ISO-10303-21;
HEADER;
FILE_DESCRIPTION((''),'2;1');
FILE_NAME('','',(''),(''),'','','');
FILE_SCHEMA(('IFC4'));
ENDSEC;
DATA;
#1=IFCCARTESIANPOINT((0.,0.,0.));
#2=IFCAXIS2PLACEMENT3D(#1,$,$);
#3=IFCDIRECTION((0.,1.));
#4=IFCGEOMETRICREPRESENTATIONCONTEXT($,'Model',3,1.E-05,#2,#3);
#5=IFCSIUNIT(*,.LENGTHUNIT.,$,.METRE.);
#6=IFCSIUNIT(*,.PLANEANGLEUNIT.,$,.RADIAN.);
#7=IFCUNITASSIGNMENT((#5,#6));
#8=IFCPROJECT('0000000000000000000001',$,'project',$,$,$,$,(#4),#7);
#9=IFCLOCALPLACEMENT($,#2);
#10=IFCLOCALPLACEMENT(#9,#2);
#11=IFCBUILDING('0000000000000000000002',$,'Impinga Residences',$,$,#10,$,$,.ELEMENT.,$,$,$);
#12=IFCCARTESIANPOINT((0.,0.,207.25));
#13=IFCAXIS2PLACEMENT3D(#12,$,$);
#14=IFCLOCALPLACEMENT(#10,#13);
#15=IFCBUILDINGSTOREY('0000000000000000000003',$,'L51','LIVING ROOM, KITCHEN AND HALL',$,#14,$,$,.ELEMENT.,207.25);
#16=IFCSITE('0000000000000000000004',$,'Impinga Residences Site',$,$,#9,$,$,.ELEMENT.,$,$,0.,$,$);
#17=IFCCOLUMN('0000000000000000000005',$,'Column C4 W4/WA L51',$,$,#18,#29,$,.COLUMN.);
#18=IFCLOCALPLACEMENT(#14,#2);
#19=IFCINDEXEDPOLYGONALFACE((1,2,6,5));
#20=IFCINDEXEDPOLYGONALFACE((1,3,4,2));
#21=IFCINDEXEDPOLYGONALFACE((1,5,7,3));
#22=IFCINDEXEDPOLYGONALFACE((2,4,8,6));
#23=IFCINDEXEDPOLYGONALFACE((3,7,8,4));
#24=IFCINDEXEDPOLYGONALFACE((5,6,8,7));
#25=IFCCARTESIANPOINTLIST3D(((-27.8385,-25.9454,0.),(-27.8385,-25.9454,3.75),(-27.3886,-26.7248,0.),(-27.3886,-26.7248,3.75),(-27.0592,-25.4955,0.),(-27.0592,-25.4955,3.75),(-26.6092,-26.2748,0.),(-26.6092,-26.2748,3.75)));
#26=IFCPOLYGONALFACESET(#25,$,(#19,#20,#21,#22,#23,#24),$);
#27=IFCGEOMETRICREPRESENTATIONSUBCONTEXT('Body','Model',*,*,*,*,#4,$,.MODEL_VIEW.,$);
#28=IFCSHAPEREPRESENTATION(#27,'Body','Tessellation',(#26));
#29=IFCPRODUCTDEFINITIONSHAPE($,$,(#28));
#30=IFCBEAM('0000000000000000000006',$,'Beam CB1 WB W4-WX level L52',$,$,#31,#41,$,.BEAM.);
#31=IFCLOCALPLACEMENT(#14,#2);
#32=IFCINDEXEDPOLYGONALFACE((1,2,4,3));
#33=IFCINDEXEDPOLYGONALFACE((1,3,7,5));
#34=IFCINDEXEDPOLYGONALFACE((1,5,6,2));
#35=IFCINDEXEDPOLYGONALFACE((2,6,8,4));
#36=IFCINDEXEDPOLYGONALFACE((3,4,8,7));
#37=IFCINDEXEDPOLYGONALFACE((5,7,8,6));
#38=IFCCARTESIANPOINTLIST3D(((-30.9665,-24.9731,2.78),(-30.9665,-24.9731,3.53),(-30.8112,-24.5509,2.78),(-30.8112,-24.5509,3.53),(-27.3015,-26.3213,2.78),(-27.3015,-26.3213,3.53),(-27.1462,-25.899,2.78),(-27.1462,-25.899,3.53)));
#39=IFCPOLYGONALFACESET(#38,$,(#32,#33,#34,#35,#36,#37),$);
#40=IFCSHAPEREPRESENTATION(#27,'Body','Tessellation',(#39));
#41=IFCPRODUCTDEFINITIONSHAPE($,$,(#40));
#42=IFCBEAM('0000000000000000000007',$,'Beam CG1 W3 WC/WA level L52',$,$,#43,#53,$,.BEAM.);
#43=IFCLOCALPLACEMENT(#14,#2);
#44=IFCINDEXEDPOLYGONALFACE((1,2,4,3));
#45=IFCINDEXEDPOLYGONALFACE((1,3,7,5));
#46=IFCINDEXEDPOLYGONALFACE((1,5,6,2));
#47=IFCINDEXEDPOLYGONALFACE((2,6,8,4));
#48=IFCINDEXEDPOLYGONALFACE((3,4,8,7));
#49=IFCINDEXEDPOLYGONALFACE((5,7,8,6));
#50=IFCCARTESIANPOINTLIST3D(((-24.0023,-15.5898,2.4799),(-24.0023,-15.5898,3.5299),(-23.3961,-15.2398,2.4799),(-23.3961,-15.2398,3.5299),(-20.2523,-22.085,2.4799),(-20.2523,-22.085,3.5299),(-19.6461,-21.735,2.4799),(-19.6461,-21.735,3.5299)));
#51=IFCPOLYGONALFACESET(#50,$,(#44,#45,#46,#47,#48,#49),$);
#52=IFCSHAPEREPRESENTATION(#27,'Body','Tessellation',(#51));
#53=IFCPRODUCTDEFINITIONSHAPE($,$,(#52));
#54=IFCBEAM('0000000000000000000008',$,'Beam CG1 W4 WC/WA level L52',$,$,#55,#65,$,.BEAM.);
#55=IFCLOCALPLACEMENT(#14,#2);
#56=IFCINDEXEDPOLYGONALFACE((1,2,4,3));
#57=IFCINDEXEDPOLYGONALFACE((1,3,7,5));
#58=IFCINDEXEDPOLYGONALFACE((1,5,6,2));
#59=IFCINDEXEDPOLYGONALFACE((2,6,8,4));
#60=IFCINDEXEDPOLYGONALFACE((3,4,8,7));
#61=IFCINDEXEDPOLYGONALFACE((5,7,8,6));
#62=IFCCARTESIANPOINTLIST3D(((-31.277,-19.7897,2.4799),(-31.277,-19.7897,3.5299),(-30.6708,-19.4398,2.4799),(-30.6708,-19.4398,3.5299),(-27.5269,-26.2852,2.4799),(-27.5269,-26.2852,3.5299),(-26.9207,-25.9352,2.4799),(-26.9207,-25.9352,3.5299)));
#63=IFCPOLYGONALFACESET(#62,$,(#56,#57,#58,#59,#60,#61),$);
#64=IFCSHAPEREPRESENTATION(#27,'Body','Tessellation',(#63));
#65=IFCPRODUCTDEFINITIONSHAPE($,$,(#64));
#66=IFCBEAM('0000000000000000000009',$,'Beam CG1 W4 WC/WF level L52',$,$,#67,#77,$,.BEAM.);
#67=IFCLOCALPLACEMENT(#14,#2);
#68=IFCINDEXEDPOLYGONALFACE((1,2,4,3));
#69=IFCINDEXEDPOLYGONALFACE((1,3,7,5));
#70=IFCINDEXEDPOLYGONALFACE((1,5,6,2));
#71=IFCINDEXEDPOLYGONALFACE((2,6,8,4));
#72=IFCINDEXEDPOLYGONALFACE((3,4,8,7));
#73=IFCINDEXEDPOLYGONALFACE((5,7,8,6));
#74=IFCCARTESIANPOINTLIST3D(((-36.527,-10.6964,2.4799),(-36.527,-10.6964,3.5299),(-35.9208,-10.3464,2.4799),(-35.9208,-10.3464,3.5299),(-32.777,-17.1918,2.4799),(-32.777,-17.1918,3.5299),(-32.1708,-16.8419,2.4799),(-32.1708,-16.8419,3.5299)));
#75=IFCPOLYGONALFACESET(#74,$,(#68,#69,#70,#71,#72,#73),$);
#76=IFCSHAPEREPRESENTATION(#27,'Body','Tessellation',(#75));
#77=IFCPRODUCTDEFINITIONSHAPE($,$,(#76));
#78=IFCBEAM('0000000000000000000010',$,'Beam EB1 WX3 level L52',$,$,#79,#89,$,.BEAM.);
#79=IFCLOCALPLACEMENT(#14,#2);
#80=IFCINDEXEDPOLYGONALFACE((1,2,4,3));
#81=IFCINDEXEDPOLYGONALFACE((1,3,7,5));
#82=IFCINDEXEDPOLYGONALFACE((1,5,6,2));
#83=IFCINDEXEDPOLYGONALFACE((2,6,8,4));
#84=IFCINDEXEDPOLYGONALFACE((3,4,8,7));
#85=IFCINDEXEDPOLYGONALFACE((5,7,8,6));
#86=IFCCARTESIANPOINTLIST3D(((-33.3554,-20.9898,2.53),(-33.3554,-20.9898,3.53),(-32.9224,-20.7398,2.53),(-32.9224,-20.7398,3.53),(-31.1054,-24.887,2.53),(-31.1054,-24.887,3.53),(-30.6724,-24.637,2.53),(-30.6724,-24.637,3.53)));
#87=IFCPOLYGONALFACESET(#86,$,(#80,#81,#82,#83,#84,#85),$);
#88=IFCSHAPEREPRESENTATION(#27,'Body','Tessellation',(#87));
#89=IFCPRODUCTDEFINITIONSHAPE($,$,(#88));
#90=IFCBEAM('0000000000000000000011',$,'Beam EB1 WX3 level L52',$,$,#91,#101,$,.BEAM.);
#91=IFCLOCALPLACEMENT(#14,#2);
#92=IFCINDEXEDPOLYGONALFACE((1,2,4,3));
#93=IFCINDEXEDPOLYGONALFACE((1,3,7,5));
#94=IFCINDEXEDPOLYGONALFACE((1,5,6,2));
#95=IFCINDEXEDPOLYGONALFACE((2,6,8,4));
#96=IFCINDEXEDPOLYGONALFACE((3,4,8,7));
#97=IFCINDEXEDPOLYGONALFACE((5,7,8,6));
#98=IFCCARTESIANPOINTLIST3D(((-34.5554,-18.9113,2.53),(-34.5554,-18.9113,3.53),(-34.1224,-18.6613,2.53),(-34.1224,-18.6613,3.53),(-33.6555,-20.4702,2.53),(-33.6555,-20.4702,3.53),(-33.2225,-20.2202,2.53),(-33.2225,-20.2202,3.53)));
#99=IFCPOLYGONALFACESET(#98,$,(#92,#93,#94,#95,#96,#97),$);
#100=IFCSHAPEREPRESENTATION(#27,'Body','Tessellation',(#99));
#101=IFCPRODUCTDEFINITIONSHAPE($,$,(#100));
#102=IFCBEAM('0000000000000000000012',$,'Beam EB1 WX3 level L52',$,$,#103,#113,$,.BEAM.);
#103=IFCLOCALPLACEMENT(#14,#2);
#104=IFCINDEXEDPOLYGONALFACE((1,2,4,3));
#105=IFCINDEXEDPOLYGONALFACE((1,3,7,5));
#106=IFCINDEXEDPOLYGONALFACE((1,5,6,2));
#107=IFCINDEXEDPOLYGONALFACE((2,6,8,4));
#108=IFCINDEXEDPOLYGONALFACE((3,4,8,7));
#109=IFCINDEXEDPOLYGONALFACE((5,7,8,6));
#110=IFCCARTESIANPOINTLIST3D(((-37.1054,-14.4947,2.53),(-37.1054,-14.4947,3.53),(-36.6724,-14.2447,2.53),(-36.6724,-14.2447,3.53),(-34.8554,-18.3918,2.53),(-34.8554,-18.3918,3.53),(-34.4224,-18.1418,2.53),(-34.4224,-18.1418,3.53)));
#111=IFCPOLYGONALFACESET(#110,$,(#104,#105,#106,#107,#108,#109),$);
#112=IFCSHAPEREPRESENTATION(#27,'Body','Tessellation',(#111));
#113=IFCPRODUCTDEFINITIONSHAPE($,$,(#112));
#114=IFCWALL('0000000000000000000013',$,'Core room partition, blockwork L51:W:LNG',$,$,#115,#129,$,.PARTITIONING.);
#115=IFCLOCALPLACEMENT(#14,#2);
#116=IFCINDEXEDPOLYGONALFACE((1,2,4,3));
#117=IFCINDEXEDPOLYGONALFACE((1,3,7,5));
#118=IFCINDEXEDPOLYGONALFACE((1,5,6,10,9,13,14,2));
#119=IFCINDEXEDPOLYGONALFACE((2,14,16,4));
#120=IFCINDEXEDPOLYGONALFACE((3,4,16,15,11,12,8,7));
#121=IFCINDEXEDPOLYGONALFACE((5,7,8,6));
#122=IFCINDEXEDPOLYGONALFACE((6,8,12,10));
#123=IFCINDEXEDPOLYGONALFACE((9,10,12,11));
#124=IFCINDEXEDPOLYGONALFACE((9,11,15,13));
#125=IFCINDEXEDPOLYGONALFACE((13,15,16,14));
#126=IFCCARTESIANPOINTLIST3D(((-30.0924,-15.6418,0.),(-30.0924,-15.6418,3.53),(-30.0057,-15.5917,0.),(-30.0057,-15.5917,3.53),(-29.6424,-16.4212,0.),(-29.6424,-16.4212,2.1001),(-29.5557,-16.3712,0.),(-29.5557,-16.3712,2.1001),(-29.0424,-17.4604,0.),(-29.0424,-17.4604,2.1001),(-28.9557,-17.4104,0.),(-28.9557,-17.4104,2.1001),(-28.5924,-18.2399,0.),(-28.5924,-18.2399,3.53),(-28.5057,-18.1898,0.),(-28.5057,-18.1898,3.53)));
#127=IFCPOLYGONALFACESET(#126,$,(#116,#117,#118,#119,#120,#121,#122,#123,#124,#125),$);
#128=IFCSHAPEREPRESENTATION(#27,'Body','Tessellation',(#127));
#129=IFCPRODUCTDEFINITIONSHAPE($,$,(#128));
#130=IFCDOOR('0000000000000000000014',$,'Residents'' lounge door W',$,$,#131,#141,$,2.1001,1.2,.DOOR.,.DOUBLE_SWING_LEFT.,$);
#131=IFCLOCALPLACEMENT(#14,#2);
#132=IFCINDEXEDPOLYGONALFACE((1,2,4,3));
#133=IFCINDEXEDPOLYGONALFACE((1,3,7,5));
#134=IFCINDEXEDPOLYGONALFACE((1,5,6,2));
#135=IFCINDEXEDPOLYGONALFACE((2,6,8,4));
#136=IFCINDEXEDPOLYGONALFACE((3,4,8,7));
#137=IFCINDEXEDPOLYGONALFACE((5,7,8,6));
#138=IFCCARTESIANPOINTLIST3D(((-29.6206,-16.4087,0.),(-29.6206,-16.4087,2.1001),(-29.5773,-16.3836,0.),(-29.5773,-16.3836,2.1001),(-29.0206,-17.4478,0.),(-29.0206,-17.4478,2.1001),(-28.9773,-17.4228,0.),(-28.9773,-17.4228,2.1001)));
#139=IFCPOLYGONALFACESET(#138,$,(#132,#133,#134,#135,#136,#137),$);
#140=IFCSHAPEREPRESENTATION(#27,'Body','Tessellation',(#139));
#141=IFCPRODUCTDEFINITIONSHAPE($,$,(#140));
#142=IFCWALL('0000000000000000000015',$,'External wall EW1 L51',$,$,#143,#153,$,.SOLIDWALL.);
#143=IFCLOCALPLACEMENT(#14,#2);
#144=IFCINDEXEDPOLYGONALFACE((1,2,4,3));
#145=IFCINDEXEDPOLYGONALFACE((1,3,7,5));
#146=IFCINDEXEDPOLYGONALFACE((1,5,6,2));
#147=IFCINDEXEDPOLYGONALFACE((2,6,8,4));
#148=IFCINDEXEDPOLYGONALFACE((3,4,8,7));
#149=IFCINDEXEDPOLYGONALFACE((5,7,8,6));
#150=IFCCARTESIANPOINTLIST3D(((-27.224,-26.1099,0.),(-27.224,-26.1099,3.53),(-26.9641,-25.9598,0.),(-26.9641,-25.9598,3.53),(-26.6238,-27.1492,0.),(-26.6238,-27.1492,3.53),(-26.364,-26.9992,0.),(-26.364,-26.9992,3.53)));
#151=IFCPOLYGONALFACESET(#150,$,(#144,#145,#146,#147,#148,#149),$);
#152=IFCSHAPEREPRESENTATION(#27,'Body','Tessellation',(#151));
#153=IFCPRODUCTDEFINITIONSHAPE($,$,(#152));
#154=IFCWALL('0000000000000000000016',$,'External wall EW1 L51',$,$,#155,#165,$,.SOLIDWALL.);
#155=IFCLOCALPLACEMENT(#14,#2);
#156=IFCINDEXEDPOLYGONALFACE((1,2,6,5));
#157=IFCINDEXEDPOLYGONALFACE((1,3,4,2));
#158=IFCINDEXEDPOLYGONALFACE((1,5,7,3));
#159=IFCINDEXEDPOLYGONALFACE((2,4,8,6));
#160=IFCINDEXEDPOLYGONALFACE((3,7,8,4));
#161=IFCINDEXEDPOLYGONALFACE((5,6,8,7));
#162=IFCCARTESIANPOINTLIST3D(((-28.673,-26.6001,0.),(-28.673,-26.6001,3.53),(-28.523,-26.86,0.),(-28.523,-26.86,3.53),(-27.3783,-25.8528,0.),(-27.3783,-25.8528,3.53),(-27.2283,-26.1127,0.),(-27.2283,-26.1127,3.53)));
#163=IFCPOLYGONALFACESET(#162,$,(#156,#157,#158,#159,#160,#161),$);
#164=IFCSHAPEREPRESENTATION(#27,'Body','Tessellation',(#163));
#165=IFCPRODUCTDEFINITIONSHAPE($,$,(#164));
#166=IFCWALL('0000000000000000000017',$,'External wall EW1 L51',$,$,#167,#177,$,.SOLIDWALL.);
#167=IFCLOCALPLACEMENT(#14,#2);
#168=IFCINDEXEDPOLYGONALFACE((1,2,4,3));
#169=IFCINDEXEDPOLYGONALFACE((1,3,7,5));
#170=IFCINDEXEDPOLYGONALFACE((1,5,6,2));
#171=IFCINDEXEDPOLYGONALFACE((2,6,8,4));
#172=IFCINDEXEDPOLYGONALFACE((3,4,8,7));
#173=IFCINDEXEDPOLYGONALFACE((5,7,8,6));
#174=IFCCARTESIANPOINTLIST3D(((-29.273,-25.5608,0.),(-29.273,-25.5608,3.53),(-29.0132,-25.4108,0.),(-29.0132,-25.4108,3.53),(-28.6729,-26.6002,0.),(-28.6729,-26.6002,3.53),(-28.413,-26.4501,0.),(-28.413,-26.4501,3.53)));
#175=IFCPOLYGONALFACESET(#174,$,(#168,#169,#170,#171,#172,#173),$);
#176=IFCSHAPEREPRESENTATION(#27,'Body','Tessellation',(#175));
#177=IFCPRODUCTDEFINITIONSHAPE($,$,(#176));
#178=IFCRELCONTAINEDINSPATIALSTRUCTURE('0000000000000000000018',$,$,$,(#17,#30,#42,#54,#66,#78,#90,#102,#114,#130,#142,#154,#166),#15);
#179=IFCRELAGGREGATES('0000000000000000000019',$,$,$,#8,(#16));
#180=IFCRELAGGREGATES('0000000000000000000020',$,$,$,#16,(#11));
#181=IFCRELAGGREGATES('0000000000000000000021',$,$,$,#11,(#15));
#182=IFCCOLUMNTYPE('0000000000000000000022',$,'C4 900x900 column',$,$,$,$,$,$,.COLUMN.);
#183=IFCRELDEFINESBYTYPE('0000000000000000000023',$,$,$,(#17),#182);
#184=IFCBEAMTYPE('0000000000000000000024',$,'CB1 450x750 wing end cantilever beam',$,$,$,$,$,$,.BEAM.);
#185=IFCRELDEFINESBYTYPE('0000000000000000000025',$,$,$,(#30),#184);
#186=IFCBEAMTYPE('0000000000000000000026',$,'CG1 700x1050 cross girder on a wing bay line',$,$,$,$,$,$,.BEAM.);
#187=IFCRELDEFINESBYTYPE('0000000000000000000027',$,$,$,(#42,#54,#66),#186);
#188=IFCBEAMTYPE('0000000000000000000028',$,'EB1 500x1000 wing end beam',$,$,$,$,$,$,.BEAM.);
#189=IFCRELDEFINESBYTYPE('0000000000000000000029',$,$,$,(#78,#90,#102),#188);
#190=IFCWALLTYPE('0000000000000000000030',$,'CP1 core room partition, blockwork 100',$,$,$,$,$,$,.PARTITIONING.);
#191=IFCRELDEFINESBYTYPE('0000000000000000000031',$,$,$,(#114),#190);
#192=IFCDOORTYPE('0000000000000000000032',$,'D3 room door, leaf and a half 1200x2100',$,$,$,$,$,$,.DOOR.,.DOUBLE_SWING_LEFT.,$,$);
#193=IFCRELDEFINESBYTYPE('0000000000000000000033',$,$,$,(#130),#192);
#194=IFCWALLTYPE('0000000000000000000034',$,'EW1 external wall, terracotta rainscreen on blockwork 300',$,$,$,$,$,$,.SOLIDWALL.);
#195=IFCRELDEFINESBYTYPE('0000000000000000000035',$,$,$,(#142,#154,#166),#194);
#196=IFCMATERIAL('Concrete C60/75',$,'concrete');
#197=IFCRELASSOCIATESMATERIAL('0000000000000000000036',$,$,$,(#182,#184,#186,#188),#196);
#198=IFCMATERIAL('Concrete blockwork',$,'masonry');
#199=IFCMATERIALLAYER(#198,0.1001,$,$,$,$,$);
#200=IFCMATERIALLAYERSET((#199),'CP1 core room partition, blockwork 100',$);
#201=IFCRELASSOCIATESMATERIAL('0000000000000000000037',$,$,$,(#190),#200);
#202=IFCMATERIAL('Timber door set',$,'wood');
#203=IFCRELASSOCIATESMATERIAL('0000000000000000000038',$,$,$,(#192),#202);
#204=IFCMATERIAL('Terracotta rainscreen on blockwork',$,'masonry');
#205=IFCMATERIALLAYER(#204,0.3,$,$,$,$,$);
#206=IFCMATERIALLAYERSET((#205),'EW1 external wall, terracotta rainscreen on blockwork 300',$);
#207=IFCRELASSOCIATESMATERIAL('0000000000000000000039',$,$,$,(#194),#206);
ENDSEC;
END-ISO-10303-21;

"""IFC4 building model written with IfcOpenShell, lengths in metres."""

from ifc_helpers import new_model, si_unit, direction, frame, frame_2d, origin, origin_2d, place, context, subcontext, project, spatial, rectangle, extrude, material, layer, layer_set, material_profile, profile_set, type_object, element, fill, save


model = new_model("IFC4")

# Units and contexts
model_context = context("Model", 3, precision=1e-05, world=origin(), true_north=direction((0.0, 1.0)))
body_context = subcontext(model_context, "Body", "Model", "MODEL_VIEW")
ifc_project = project(units=[si_unit("LENGTHUNIT", "METRE"), si_unit("PLANEANGLEUNIT", "RADIAN")], contexts=[model_context])

# Site, building, storey
site_placement = place(None, origin())
site = spatial("IfcSite", under=ifc_project, at=site_placement, Name="Impinga Residences Site", CompositionType="ELEMENT", RefElevation=0.0)
building_placement = place(site_placement, origin())
building = spatial("IfcBuilding", under=site, at=building_placement, Name="Impinga Residences", CompositionType="ELEMENT")
storey_placement = place(building_placement, frame((0.0, 0.0, 207.25)))
storey = spatial("IfcBuildingStorey", under=building, at=storey_placement, Name="L51", Description="LIVING ROOM, KITCHEN AND HALL", CompositionType="ELEMENT", Elevation=207.25)

# Column
ifc_material_1 = material(Name="Concrete C60/75", Category="concrete")
ifc_material_profile_1 = material_profile(ifc_material_1, rectangle(XDim=0.8999, YDim=0.8999, at=origin_2d()), Name="RC 900x900")
ifc_profile_set_1 = profile_set([ifc_material_profile_1], Name="Concrete C60/75")
column_type = type_object("IfcColumnType", Name="C4 900x900 column", PredefinedType="COLUMN", material=ifc_profile_set_1)
column_placement = place(storey_placement, frame((-27.2239, -26.1101, 0.0), z_axis=(0.0, 0.0, 1.0), x_axis=(-0.5, 0.866025, 0.0)))
element("IfcColumn", 1, at=column_placement, inside=storey, type_object=column_type, Name="Column C4 W4/WA L51", PredefinedType="COLUMN", context=body_context, shape_type="SweptSolid", body=[
    extrude(rectangle(XDim=0.8999, YDim=0.8999, at=origin_2d()), origin(), (0.0, 0.0, 1.0), 3.75),
])

# Beams
ifc_material_profile_2 = material_profile(ifc_material_1, rectangle(XDim=0.45, YDim=0.75, at=origin_2d()), Name="RC 450x750")
ifc_profile_set_2 = profile_set([ifc_material_profile_2], Name="Concrete C60/75")
beam_type_1 = type_object("IfcBeamType", Name="CB1 450x750 wing end cantilever beam", PredefinedType="BEAM", material=ifc_profile_set_2)
beam_1_placement = place(storey_placement, frame((-27.2239, -26.1101, 3.155), z_axis=(-0.93852, 0.345224, 0.0), x_axis=(-0.345224, -0.93852, 0.0)))
element("IfcBeam", 2, at=beam_1_placement, inside=storey, type_object=beam_type_1, Name="Beam CB1 WB W4-WX level L52", PredefinedType="BEAM", context=body_context, shape_type="SweptSolid", body=[
    extrude(rectangle(XDim=0.45, YDim=0.75, at=origin_2d()), origin(), (0.0, 0.0, 1.0), 3.905),
])
ifc_material_profile_3 = material_profile(ifc_material_1, rectangle(XDim=0.7, YDim=1.05, at=origin_2d()), Name="RC 700x1050")
ifc_profile_set_3 = profile_set([ifc_material_profile_3], Name="Concrete C60/75")
beam_type_2 = type_object("IfcBeamType", Name="CG1 700x1050 cross girder on a wing bay line", PredefinedType="BEAM", material=ifc_profile_set_3)
beam_2_placement = place(storey_placement, frame((-23.6992, -15.4148, 3.0049), z_axis=(0.500004, -0.866023, 0.0), x_axis=(0.866023, 0.500004, 0.0)))
element("IfcBeam", 3, at=beam_2_placement, inside=storey, type_object=beam_type_2, Name="Beam CG1 W3 WC/WA level L52", PredefinedType="BEAM", context=body_context, shape_type="SweptSolid", body=[
    extrude(rectangle(XDim=0.7, YDim=1.05, at=origin_2d()), origin(), (0.0, 0.0, 1.0), 7.5),
])
for number, where, z_axis, x_axis, name in (
    (4, (-30.9739, -19.6147, 3.0049), (0.49999, -0.866031, 0.0), (0.866031, 0.49999, 0.0), "Beam CG1 W4 WC/WA level L52"),
    (5, (-32.4739, -17.0168, 3.0049), (-0.49999, 0.866031, 0.0), (-0.866031, -0.49999, 0.0), "Beam CG1 W4 WC/WF level L52"),
):
    element("IfcBeam", number, at=place(storey_placement, frame(where, z_axis=z_axis, x_axis=x_axis)), inside=storey, type_object=beam_type_2, Name=name, PredefinedType="BEAM", context=body_context, shape_type="SweptSolid", body=[
        extrude(rectangle(XDim=0.7, YDim=1.05, at=origin_2d()), origin(), (0.0, 0.0, 1.0), 7.5002),
    ])
ifc_material_profile_4 = material_profile(ifc_material_1, rectangle(XDim=0.5, YDim=1.0, at=origin_2d()), Name="RC 500x1000")
ifc_profile_set_4 = profile_set([ifc_material_profile_4], Name="Concrete C60/75")
beam_type_3 = type_object("IfcBeamType", Name="EB1 500x1000 wing end beam", PredefinedType="BEAM", material=ifc_profile_set_4)
beam_3_placement = place(storey_placement, frame((-30.8889, -24.762, 3.03), z_axis=(-0.49999, 0.866031, 0.0), x_axis=(-0.866031, -0.49999, 0.0)))
element("IfcBeam", 6, at=beam_3_placement, inside=storey, type_object=beam_type_3, Name="Beam EB1 WX3 level L52", PredefinedType="BEAM", context=body_context, shape_type="SweptSolid", body=[
    extrude(rectangle(XDim=0.5, YDim=1.0, at=origin_2d()), origin(), (0.0, 0.0, 1.0), 4.5),
])
beam_4_placement = place(storey_placement, frame((-33.439, -20.3452, 3.03), z_axis=(-0.499961, 0.866048, 0.0), x_axis=(-0.866048, -0.499961, 0.0)))
element("IfcBeam", 7, at=beam_4_placement, inside=storey, type_object=beam_type_3, Name="Beam EB1 WX3 level L52", PredefinedType="BEAM", context=body_context, shape_type="SweptSolid", body=[
    extrude(rectangle(XDim=0.5, YDim=1.0, at=origin_2d()), origin(), (0.0, 0.0, 1.0), 1.8),
])
beam_5_placement = place(storey_placement, frame((-34.6389, -18.2668, 3.03), z_axis=(-0.49999, 0.866031, 0.0), x_axis=(-0.866031, -0.49999, 0.0)))
element("IfcBeam", 8, at=beam_5_placement, inside=storey, type_object=beam_type_3, Name="Beam EB1 WX3 level L52", PredefinedType="BEAM", context=body_context, shape_type="SweptSolid", body=[
    extrude(rectangle(XDim=0.5, YDim=1.0, at=origin_2d()), origin(), (0.0, 0.0, 1.0), 4.5),
])

# Wall, opening, door
ifc_material_2 = material(Name="Concrete blockwork", Category="masonry")
ifc_layer_1 = layer(ifc_material_2, 0.1001)
ifc_layer_set_1 = layer_set([ifc_layer_1], Name="CP1 core room partition, blockwork 100")
wall_type_1 = type_object("IfcWallType", Name="CP1 core room partition, blockwork 100", PredefinedType="PARTITIONING", material=ifc_layer_set_1)
wall_1_placement = place(storey_placement, frame((-28.5491, -18.2148, 0.0), z_axis=(0.0, 0.0, 1.0), x_axis=(-0.49999, 0.866031, 0.0)))
wall_1 = element("IfcWall", 9, at=wall_1_placement, inside=storey, type_object=wall_type_1, Name="Core room partition, blockwork L51:W:LNG", PredefinedType="PARTITIONING", context=body_context, shape_type="SweptSolid", body=[
    extrude(rectangle(XDim=3.0, YDim=0.1001, at=frame_2d((1.5, 0.0))), origin(), (0.0, 0.0, 1.0), 3.53),
])
opening_1_placement = place(wall_1_placement, frame((0.8999, 0.0, 0.0)))
opening_1 = element("IfcOpeningElement", 10, at=opening_1_placement, cuts=wall_1, PredefinedType="OPENING", context=body_context, shape_type="SweptSolid", body=[
    extrude(rectangle(XDim=1.2, YDim=2.1001, at=frame_2d((0.6001, 1.05))), frame((0.0, 0.0601, 0.0), z_axis=(0.0, -1.0, 0.0), x_axis=(1.0, 0.0, 0.0)), (0.0, 0.0, 1.0), 0.1201),
])
ifc_material_3 = material(Name="Timber door set", Category="wood")
door_type_1 = type_object("IfcDoorType", Name="D3 room door, leaf and a half 1200x2100", OperationType="DOUBLE_SWING_LEFT", PredefinedType="DOOR", material=ifc_material_3)
door_1_placement = place(opening_1_placement, origin())
door_1 = element("IfcDoor", 11, at=door_1_placement, inside=storey, type_object=door_type_1, Name="Residents' lounge door W", OperationType="DOUBLE_SWING_LEFT", OverallHeight=2.1001, OverallWidth=1.2, PredefinedType="DOOR", context=body_context, shape_type="SweptSolid", body=[
    extrude(rectangle(XDim=1.2, YDim=2.1001, at=frame_2d((0.6001, 1.05))), frame((0.0, 0.0249, 0.0), z_axis=(0.0, -1.0, 0.0), x_axis=(1.0, 0.0, 0.0)), (0.0, 0.0, 1.0), 0.05),
])
fill(opening_1, door_1)

# Walls
ifc_material_4 = material(Name="Terracotta rainscreen on blockwork", Category="masonry")
ifc_layer_2 = layer(ifc_material_4, 0.3)
ifc_layer_set_2 = layer_set([ifc_layer_2], Name="EW1 external wall, terracotta rainscreen on blockwork 300")
wall_type_2 = type_object("IfcWallType", Name="EW1 external wall, terracotta rainscreen on blockwork 300", PredefinedType="SOLIDWALL", material=ifc_layer_set_2)
wall_2_placement = place(storey_placement, frame((-26.4939, -27.0742, 0.0), z_axis=(0.0, 0.0, 1.0), x_axis=(-0.500034, 0.866006, 0.0)))
element("IfcWall", 12, at=wall_2_placement, inside=storey, type_object=wall_type_2, Name="External wall EW1 L51", PredefinedType="SOLIDWALL", context=body_context, shape_type="SweptSolid", body=[
    extrude(rectangle(XDim=1.2002, YDim=0.3, at=frame_2d((0.6001, 0.0))), origin(), (0.0, 0.0, 1.0), 3.53),
])
wall_3_placement = place(storey_placement, frame((-27.3032, -25.9827, 0.0), z_axis=(0.0, 0.0, 1.0), x_axis=(-0.866074, -0.499916, 0.0)))
element("IfcWall", 13, at=wall_3_placement, inside=storey, type_object=wall_type_2, Name="External wall EW1 L51", PredefinedType="SOLIDWALL", context=body_context, shape_type="SweptSolid", body=[
    extrude(rectangle(XDim=1.4949, YDim=0.3, at=frame_2d((0.7476, 0.0))), origin(), (0.0, 0.0, 1.0), 3.53),
])
wall_4_placement = place(storey_placement, frame((-28.543, -26.5251, 0.0), z_axis=(0.0, 0.0, 1.0), x_axis=(-0.500034, 0.866006, 0.0)))
element("IfcWall", 14, at=wall_4_placement, inside=storey, type_object=wall_type_2, Name="External wall EW1 L51", PredefinedType="SOLIDWALL", context=body_context, shape_type="SweptSolid", body=[
    extrude(rectangle(XDim=1.2002, YDim=0.3, at=frame_2d((0.6001, 0.0))), origin(), (0.0, 0.0, 1.0), 3.53),
])

save(model, "model.ifc")
